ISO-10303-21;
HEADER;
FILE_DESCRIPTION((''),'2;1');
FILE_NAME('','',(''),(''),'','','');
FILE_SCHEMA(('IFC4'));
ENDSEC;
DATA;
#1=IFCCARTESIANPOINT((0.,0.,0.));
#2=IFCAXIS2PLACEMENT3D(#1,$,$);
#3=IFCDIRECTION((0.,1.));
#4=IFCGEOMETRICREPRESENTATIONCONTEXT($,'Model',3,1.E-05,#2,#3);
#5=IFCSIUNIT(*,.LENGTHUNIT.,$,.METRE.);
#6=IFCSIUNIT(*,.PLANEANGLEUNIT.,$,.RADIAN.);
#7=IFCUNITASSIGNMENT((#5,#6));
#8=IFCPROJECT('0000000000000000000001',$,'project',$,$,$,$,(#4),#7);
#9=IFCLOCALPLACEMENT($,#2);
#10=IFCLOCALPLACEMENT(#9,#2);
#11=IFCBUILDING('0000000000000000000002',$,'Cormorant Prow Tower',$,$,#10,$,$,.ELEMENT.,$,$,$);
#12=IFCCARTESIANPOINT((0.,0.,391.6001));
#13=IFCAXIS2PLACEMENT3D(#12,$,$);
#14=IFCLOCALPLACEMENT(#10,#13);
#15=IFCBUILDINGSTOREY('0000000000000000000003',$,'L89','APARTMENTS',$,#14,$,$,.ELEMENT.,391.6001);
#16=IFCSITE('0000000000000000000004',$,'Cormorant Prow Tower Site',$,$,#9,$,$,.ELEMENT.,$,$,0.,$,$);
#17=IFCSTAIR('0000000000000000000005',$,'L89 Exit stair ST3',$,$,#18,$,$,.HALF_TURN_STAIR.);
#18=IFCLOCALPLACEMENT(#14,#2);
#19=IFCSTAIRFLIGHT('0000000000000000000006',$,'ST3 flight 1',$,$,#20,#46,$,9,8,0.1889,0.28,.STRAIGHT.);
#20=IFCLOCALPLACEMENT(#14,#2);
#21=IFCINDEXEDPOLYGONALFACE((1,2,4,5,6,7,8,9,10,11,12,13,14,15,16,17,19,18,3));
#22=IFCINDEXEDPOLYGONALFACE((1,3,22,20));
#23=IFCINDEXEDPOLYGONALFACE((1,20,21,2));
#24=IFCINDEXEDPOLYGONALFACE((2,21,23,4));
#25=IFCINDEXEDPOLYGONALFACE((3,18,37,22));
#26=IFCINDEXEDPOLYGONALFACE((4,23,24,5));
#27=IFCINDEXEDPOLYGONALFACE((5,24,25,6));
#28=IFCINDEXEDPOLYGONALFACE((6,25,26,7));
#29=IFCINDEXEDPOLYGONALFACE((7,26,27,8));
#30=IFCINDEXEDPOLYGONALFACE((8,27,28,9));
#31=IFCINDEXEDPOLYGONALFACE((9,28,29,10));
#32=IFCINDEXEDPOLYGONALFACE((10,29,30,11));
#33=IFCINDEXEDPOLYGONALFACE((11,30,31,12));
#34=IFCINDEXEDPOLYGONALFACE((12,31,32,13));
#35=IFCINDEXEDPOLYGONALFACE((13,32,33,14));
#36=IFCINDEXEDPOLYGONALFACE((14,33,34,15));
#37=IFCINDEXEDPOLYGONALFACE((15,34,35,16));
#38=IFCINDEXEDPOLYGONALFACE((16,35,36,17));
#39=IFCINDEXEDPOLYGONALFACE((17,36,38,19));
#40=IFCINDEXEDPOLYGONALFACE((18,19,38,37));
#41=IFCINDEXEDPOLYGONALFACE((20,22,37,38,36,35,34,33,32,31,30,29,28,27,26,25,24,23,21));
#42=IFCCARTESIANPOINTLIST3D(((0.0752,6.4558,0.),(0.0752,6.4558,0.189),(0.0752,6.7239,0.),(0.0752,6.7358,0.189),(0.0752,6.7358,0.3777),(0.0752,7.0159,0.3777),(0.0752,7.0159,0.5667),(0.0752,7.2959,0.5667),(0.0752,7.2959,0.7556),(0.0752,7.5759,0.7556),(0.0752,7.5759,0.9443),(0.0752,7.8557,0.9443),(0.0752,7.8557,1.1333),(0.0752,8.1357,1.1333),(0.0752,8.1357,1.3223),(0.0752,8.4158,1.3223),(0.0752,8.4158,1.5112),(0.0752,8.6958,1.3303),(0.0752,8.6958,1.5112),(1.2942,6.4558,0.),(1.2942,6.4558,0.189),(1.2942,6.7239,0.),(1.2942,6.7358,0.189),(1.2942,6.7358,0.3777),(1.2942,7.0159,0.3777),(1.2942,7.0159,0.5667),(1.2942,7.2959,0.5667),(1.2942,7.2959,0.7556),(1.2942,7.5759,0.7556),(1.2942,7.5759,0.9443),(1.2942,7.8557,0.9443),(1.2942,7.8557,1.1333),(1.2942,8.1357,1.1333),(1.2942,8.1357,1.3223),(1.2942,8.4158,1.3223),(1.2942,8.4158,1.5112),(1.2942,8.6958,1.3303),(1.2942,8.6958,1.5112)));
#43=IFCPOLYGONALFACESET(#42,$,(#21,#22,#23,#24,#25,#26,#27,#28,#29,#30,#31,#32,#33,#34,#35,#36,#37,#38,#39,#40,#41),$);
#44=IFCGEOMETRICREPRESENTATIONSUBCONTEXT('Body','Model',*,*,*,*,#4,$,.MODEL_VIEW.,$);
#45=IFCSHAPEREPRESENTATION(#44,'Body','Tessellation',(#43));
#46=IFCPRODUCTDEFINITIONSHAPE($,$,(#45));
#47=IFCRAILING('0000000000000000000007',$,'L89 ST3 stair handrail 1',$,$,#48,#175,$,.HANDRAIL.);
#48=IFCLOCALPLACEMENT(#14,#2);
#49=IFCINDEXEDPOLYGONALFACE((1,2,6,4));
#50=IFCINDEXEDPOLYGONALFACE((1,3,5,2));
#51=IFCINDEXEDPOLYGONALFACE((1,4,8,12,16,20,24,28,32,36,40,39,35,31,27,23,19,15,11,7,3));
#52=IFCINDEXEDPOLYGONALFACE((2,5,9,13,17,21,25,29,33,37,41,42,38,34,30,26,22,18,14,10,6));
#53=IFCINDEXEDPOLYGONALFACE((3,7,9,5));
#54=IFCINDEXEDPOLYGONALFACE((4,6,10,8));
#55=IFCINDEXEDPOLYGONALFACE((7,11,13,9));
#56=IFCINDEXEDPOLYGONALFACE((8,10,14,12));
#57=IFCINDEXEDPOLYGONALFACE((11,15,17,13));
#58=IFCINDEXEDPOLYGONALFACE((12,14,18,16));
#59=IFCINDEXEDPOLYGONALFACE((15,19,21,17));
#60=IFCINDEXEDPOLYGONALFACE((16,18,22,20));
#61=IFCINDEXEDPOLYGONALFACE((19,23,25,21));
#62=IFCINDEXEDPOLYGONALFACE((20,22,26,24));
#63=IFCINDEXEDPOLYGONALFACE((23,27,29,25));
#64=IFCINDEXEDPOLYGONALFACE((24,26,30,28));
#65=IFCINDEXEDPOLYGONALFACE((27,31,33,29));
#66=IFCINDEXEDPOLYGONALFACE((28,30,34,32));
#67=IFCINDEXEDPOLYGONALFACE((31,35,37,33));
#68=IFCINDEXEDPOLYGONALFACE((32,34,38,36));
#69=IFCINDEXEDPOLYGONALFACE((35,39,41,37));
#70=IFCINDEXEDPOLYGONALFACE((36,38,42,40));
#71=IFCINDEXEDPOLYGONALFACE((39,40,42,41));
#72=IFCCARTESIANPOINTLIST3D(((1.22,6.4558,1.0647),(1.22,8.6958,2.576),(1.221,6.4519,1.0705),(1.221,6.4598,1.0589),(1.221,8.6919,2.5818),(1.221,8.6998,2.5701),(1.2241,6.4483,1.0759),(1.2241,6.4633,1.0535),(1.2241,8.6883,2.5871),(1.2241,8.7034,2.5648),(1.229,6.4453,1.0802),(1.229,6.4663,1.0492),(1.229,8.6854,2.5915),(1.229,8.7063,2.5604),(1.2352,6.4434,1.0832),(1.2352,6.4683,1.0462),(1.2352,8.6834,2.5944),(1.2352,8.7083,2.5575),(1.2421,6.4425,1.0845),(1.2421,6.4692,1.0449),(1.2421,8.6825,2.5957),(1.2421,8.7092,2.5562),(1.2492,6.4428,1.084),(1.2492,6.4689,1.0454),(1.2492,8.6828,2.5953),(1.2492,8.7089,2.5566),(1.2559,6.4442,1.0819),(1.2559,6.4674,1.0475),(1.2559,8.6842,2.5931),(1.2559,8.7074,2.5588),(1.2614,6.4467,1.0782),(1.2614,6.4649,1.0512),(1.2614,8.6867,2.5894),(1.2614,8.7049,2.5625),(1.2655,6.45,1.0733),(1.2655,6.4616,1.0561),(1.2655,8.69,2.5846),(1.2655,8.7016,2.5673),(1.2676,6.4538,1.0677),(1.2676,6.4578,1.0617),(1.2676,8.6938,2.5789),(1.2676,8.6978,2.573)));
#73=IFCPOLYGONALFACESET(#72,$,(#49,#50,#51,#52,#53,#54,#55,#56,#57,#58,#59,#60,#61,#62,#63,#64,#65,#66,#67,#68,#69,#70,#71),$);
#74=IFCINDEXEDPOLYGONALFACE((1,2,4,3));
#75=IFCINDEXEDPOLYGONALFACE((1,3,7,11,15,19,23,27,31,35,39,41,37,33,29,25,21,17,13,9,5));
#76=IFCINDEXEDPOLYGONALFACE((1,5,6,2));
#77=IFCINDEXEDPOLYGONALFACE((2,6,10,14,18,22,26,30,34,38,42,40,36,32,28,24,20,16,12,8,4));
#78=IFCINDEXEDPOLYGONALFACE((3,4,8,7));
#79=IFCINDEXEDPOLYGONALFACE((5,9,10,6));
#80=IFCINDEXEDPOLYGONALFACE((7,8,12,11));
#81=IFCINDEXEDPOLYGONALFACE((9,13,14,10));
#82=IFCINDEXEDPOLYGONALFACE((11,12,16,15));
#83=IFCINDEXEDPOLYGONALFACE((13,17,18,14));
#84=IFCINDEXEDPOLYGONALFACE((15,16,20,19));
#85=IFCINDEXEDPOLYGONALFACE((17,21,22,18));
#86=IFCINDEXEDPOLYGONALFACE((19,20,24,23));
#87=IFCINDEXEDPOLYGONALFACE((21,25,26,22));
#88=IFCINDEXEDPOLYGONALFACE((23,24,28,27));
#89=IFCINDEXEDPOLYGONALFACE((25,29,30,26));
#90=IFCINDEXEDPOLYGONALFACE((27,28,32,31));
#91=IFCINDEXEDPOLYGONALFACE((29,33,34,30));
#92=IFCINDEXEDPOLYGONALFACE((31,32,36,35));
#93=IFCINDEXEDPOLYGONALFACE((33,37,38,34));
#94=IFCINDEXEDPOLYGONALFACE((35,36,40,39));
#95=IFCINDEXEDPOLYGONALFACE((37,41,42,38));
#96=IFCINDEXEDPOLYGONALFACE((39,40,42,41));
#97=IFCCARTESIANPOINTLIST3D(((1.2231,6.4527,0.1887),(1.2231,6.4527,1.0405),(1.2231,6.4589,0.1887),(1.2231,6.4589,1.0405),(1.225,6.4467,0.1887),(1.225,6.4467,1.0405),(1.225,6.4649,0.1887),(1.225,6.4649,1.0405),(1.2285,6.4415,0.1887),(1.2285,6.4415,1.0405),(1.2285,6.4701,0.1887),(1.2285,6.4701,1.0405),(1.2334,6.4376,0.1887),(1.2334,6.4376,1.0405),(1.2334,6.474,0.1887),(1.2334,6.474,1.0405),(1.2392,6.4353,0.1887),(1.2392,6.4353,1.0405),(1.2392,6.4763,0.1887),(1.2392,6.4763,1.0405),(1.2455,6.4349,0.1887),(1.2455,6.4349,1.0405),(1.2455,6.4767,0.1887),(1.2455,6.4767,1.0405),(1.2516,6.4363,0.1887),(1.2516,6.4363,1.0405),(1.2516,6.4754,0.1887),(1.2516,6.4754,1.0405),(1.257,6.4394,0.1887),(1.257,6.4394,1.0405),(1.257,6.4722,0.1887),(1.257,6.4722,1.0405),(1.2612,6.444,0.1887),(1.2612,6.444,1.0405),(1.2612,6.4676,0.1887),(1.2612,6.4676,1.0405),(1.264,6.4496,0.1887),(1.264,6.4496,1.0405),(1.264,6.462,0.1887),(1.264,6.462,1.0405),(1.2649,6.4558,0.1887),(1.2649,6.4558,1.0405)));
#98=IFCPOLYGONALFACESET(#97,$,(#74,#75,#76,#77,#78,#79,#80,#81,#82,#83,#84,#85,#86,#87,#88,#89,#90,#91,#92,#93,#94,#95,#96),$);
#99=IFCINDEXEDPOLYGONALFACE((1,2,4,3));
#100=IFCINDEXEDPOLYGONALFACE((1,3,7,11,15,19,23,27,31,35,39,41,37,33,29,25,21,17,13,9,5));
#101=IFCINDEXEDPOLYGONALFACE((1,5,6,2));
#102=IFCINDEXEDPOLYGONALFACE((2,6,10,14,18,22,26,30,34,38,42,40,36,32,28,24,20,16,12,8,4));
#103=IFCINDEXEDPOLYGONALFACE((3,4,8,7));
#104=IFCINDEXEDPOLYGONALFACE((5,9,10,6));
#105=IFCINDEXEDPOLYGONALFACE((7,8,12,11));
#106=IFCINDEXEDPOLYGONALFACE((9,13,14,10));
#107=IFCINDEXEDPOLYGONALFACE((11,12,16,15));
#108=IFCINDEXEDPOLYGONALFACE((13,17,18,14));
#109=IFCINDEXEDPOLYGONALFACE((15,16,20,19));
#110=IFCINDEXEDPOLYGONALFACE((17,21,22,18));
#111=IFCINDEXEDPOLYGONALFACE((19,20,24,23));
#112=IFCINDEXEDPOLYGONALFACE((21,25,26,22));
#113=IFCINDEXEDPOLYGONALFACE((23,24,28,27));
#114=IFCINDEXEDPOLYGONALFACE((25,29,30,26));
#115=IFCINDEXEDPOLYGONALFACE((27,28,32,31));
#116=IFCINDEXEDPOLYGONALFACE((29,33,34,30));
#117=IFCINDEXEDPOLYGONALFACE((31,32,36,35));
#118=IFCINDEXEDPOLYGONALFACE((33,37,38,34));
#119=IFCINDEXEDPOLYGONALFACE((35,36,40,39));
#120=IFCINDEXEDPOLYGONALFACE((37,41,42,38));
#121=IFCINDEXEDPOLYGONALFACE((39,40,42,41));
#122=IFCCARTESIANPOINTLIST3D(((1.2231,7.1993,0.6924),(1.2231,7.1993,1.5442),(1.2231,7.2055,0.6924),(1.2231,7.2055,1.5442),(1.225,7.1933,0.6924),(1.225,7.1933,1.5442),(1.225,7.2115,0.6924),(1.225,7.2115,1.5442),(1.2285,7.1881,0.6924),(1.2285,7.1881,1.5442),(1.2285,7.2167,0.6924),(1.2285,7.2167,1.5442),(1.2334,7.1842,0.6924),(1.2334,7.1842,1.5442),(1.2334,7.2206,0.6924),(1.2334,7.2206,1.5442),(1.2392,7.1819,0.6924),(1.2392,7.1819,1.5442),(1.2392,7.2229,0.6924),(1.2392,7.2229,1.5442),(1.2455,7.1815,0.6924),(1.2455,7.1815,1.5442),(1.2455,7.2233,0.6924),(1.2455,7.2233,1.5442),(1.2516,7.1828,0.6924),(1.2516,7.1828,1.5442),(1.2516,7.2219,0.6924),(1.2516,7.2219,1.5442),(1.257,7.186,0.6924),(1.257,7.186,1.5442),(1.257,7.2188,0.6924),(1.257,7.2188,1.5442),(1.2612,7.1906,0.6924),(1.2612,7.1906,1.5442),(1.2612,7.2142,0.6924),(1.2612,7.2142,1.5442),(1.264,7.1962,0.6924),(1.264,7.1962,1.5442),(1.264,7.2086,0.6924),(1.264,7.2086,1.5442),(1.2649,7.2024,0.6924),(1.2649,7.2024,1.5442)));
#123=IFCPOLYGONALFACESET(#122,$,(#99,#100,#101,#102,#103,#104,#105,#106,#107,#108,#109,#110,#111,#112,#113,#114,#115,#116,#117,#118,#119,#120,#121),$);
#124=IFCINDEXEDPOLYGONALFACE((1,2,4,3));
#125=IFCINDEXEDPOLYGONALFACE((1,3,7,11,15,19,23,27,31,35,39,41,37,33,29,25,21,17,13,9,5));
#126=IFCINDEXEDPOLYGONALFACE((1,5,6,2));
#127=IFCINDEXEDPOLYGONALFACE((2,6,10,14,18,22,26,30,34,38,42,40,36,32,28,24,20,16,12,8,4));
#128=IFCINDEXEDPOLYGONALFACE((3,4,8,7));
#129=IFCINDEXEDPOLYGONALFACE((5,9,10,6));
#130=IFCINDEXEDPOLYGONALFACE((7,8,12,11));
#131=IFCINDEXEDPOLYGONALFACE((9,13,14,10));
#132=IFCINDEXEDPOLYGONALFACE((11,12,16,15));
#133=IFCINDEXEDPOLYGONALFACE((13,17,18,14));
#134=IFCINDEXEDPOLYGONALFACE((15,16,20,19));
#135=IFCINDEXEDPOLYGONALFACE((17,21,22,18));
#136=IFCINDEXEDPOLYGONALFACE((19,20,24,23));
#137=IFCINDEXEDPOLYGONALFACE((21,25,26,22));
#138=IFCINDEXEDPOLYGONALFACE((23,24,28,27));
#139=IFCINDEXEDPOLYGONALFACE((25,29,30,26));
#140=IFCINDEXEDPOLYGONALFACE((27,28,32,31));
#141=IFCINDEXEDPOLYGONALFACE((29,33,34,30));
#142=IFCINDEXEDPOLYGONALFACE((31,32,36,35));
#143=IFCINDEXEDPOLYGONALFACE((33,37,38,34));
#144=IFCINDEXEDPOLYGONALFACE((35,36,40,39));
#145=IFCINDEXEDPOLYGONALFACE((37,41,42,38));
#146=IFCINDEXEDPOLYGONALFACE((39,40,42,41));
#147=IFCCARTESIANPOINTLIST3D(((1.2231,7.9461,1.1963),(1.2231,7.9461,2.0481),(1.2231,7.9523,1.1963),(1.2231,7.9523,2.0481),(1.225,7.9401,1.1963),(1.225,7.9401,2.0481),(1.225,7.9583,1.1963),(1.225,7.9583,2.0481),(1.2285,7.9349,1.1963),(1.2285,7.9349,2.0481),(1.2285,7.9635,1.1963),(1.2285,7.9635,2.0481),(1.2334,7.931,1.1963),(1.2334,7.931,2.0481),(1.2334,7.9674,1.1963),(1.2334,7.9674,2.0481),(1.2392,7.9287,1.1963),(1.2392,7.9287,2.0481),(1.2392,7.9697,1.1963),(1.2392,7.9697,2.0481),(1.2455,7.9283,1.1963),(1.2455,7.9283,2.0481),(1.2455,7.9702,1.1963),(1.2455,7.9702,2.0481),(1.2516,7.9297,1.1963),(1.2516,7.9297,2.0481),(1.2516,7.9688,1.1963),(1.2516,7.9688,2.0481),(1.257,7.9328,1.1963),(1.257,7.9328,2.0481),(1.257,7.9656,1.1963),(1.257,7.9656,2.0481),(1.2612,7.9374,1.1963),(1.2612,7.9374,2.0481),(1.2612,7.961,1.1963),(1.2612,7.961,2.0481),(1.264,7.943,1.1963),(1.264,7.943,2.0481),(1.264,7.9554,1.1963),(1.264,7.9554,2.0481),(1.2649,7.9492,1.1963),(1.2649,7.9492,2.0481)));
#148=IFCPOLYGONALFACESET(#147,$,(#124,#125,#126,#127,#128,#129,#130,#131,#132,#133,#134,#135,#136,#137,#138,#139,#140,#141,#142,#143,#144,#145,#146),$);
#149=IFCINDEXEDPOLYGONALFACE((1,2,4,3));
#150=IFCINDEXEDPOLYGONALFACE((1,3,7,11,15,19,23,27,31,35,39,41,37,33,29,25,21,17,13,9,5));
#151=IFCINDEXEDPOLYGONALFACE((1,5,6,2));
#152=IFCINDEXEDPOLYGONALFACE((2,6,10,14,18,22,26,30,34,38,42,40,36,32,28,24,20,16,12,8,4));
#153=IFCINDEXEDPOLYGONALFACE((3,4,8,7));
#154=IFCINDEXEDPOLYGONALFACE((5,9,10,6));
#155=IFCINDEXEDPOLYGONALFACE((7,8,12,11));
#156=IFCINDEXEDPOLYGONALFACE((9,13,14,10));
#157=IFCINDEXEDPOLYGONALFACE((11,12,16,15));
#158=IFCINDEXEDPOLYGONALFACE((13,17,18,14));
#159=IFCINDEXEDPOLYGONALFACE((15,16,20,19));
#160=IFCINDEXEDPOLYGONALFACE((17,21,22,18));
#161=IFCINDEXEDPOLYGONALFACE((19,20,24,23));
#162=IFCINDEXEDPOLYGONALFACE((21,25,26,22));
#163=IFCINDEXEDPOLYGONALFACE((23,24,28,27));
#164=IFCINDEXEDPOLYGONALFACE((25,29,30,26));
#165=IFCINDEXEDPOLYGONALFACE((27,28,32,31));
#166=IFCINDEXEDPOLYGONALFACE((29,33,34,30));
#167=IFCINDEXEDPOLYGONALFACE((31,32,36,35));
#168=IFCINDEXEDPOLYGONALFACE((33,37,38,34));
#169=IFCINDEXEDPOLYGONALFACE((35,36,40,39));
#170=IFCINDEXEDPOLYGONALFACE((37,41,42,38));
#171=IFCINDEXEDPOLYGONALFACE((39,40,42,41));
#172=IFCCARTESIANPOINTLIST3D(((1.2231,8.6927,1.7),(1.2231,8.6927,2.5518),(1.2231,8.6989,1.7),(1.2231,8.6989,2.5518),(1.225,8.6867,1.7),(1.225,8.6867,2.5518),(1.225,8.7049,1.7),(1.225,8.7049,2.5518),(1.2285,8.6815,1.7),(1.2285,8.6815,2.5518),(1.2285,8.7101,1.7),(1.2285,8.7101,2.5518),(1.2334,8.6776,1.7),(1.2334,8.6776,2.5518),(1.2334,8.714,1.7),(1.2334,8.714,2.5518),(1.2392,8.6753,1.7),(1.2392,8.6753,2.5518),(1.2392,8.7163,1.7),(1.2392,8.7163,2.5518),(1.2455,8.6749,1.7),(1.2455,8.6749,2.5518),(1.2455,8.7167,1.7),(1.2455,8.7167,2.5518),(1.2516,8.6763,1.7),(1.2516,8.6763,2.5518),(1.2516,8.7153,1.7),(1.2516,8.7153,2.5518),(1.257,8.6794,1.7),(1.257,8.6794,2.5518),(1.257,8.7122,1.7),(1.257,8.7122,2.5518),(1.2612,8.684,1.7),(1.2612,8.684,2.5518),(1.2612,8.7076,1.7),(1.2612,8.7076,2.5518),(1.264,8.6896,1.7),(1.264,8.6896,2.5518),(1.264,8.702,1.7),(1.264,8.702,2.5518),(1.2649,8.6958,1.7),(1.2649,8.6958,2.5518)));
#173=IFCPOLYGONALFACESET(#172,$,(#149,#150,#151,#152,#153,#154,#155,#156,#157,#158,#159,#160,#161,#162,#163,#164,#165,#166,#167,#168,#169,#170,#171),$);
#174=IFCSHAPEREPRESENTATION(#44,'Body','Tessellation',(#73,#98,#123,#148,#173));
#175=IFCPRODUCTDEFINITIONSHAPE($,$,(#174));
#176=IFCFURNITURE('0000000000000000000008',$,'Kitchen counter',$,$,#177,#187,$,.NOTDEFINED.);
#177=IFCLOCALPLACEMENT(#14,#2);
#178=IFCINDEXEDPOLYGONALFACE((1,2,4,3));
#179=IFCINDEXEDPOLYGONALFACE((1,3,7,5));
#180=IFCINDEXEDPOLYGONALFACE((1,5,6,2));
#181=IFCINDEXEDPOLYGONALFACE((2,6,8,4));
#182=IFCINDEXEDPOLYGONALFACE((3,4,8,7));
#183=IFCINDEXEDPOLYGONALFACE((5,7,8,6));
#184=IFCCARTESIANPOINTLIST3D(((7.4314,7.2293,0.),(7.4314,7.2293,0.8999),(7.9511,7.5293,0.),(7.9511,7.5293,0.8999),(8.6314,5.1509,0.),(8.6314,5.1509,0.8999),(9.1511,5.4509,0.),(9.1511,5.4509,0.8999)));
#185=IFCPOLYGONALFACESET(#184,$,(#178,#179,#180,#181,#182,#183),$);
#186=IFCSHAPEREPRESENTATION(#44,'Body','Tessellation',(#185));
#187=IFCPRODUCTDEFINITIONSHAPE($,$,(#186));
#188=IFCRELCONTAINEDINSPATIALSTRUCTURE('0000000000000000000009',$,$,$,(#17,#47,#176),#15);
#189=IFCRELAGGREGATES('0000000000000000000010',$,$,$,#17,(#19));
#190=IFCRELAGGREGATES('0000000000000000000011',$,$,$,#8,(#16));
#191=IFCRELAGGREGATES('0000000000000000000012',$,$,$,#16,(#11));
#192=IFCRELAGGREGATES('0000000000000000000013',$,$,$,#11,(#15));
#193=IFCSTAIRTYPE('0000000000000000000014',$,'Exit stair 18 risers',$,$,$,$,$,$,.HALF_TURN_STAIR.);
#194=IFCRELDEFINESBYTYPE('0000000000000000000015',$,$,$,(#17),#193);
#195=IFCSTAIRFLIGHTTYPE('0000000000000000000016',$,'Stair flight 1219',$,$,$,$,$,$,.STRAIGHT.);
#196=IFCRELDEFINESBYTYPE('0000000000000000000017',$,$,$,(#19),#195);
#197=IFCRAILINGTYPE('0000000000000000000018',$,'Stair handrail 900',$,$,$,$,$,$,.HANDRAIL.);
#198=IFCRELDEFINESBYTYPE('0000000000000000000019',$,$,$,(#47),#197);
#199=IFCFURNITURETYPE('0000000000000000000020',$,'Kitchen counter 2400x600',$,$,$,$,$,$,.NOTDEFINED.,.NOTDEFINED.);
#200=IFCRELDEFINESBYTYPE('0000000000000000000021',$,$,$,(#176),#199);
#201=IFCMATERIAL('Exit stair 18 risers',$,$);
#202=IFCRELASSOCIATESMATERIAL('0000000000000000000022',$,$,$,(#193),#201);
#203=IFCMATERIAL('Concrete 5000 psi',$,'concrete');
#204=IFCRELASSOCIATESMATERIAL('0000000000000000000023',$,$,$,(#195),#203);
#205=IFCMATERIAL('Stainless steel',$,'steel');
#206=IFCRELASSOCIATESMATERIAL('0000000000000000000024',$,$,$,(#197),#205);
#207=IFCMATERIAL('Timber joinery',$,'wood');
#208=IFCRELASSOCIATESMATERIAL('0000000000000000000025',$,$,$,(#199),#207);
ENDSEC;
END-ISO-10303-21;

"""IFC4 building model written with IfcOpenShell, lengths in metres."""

from ifc_helpers import new_model, si_unit, direction, frame, origin, origin_2d, place, context, subcontext, project, spatial, polyline, rectangle, circle, outline, extrude, material, type_object, element, aggregate, save


model = new_model("IFC4")

# Units and contexts
model_context = context("Model", 3, precision=1e-05, world=origin(), true_north=direction((0.0, 1.0)))
body_context = subcontext(model_context, "Body", "Model", "MODEL_VIEW")
ifc_project = project(units=[si_unit("LENGTHUNIT", "METRE"), si_unit("PLANEANGLEUNIT", "RADIAN")], contexts=[model_context])

# Site, building, storey
site_placement = place(None, origin())
site = spatial("IfcSite", under=ifc_project, at=site_placement, Name="Cormorant Prow Tower Site", CompositionType="ELEMENT", RefElevation=0.0)
building_placement = place(site_placement, origin())
building = spatial("IfcBuilding", under=site, at=building_placement, Name="Cormorant Prow Tower", CompositionType="ELEMENT")
storey_placement = place(building_placement, frame((0.0, 0.0, 391.6001)))
storey = spatial("IfcBuildingStorey", under=building, at=storey_placement, Name="L89", Description="APARTMENTS", CompositionType="ELEMENT", Elevation=391.6001)

# Stair
ifc_material_1 = material(Name="Exit stair 18 risers")
stair_type = type_object("IfcStairType", Name="Exit stair 18 risers", PredefinedType="HALF_TURN_STAIR", material=ifc_material_1)
stair_1_placement = place(storey_placement, origin())
stair_1 = element("IfcStair", 1, at=stair_1_placement, inside=storey, type_object=stair_type, Name="L89 Exit stair ST3", PredefinedType="HALF_TURN_STAIR")

# Stair flight
ifc_material_2 = material(Name="Concrete 5000 psi", Category="concrete")
stair_flight_type = type_object("IfcStairFlightType", Name="Stair flight 1219", PredefinedType="STRAIGHT", material=ifc_material_2)
stair_flight_placement = place(storey_placement, frame((0.6846, 6.4558, 0.0), z_axis=(0.0, 0.0, 1.0), x_axis=(0.0, 1.0, 0.0)))
stair_flight = element("IfcStairFlight", 2, at=stair_flight_placement, type_object=stair_flight_type, Name="ST3 flight 1", NumberOfRisers=9, NumberOfTreads=8, PredefinedType="STRAIGHT", RiserHeight=0.1889, TreadLength=0.28, context=body_context, shape_type="SweptSolid", body=[
    extrude(outline(polyline([(0.0, 0.0), (0.0, 0.189), (0.28, 0.189), (0.28, 0.3777), (0.5601, 0.3777), (0.5601, 0.5667), (0.8401, 0.5667), (0.8401, 0.7556), (1.1201, 0.7556), (1.1201, 0.9443), (1.3999, 0.9443), (1.3999, 1.1333), (1.6799, 1.1333), (1.6799, 1.3223), (1.96, 1.3223), (1.96, 1.5112), (2.24, 1.5112), (2.24, 1.7), (2.24, 1.3303), (0.2681, 0.0), (0.0, 0.0)])), frame((0.0, 0.6094, 0.0), z_axis=(0.0, -1.0, 0.0), x_axis=(1.0, 0.0, 0.0)), (0.0, 0.0, 1.0), 1.219),
])
aggregate(stair_1, [stair_flight])

# Railing
ifc_material_3 = material(Name="Stainless steel", Category="steel")
railing_type_1 = type_object("IfcRailingType", Name="Stair handrail 900", PredefinedType="HANDRAIL", material=ifc_material_3)
railing_1_placement = place(storey_placement, frame((1.2439, 6.4558, 0.1887)))
element("IfcRailing", 3, at=railing_1_placement, inside=storey, type_object=railing_type_1, Name="L89 ST3 stair handrail 1", PredefinedType="HANDRAIL", context=body_context, shape_type="SweptSolid", body=[
    extrude(circle(Radius=0.0239, at=origin_2d()), frame((0.0, 0.0, 0.876), z_axis=(0.0, 0.82898, 0.559279), x_axis=(-1.0, 0.0, 0.0)), (0.0, 0.0, 1.0), 2.7021),
    extrude(circle(Radius=0.021, at=origin_2d()), origin(), (0.0, 0.0, 1.0), 0.8518),
    extrude(circle(Radius=0.021, at=origin_2d()), frame((0.0, 0.7466, 0.5037)), (0.0, 0.0, 1.0), 0.8518),
    extrude(circle(Radius=0.021, at=origin_2d()), frame((0.0, 1.4934, 1.0076)), (0.0, 0.0, 1.0), 0.8518),
    extrude(circle(Radius=0.021, at=origin_2d()), frame((0.0, 2.24, 1.5112)), (0.0, 0.0, 1.0), 0.8518),
])

# Furniture
ifc_material_4 = material(Name="Timber joinery", Category="wood")
furniture_type = type_object("IfcFurnitureType", Name="Kitchen counter 2400x600", AssemblyPlace="NOTDEFINED", PredefinedType="NOTDEFINED", material=ifc_material_4)
furniture_placement = place(storey_placement, frame((8.2913, 6.3401, 0.0), z_axis=(0.0, 0.0, 1.0), x_axis=(-0.5, 0.866025, 0.0)))
element("IfcFurniture", 4, at=furniture_placement, inside=storey, type_object=furniture_type, Name="Kitchen counter", PredefinedType="NOTDEFINED", context=body_context, shape_type="SweptSolid", body=[
    extrude(rectangle(XDim=2.3999, YDim=0.6001, at=origin_2d()), origin(), (0.0, 0.0, 1.0), 0.8999),
])

save(model, "model.ifc")
